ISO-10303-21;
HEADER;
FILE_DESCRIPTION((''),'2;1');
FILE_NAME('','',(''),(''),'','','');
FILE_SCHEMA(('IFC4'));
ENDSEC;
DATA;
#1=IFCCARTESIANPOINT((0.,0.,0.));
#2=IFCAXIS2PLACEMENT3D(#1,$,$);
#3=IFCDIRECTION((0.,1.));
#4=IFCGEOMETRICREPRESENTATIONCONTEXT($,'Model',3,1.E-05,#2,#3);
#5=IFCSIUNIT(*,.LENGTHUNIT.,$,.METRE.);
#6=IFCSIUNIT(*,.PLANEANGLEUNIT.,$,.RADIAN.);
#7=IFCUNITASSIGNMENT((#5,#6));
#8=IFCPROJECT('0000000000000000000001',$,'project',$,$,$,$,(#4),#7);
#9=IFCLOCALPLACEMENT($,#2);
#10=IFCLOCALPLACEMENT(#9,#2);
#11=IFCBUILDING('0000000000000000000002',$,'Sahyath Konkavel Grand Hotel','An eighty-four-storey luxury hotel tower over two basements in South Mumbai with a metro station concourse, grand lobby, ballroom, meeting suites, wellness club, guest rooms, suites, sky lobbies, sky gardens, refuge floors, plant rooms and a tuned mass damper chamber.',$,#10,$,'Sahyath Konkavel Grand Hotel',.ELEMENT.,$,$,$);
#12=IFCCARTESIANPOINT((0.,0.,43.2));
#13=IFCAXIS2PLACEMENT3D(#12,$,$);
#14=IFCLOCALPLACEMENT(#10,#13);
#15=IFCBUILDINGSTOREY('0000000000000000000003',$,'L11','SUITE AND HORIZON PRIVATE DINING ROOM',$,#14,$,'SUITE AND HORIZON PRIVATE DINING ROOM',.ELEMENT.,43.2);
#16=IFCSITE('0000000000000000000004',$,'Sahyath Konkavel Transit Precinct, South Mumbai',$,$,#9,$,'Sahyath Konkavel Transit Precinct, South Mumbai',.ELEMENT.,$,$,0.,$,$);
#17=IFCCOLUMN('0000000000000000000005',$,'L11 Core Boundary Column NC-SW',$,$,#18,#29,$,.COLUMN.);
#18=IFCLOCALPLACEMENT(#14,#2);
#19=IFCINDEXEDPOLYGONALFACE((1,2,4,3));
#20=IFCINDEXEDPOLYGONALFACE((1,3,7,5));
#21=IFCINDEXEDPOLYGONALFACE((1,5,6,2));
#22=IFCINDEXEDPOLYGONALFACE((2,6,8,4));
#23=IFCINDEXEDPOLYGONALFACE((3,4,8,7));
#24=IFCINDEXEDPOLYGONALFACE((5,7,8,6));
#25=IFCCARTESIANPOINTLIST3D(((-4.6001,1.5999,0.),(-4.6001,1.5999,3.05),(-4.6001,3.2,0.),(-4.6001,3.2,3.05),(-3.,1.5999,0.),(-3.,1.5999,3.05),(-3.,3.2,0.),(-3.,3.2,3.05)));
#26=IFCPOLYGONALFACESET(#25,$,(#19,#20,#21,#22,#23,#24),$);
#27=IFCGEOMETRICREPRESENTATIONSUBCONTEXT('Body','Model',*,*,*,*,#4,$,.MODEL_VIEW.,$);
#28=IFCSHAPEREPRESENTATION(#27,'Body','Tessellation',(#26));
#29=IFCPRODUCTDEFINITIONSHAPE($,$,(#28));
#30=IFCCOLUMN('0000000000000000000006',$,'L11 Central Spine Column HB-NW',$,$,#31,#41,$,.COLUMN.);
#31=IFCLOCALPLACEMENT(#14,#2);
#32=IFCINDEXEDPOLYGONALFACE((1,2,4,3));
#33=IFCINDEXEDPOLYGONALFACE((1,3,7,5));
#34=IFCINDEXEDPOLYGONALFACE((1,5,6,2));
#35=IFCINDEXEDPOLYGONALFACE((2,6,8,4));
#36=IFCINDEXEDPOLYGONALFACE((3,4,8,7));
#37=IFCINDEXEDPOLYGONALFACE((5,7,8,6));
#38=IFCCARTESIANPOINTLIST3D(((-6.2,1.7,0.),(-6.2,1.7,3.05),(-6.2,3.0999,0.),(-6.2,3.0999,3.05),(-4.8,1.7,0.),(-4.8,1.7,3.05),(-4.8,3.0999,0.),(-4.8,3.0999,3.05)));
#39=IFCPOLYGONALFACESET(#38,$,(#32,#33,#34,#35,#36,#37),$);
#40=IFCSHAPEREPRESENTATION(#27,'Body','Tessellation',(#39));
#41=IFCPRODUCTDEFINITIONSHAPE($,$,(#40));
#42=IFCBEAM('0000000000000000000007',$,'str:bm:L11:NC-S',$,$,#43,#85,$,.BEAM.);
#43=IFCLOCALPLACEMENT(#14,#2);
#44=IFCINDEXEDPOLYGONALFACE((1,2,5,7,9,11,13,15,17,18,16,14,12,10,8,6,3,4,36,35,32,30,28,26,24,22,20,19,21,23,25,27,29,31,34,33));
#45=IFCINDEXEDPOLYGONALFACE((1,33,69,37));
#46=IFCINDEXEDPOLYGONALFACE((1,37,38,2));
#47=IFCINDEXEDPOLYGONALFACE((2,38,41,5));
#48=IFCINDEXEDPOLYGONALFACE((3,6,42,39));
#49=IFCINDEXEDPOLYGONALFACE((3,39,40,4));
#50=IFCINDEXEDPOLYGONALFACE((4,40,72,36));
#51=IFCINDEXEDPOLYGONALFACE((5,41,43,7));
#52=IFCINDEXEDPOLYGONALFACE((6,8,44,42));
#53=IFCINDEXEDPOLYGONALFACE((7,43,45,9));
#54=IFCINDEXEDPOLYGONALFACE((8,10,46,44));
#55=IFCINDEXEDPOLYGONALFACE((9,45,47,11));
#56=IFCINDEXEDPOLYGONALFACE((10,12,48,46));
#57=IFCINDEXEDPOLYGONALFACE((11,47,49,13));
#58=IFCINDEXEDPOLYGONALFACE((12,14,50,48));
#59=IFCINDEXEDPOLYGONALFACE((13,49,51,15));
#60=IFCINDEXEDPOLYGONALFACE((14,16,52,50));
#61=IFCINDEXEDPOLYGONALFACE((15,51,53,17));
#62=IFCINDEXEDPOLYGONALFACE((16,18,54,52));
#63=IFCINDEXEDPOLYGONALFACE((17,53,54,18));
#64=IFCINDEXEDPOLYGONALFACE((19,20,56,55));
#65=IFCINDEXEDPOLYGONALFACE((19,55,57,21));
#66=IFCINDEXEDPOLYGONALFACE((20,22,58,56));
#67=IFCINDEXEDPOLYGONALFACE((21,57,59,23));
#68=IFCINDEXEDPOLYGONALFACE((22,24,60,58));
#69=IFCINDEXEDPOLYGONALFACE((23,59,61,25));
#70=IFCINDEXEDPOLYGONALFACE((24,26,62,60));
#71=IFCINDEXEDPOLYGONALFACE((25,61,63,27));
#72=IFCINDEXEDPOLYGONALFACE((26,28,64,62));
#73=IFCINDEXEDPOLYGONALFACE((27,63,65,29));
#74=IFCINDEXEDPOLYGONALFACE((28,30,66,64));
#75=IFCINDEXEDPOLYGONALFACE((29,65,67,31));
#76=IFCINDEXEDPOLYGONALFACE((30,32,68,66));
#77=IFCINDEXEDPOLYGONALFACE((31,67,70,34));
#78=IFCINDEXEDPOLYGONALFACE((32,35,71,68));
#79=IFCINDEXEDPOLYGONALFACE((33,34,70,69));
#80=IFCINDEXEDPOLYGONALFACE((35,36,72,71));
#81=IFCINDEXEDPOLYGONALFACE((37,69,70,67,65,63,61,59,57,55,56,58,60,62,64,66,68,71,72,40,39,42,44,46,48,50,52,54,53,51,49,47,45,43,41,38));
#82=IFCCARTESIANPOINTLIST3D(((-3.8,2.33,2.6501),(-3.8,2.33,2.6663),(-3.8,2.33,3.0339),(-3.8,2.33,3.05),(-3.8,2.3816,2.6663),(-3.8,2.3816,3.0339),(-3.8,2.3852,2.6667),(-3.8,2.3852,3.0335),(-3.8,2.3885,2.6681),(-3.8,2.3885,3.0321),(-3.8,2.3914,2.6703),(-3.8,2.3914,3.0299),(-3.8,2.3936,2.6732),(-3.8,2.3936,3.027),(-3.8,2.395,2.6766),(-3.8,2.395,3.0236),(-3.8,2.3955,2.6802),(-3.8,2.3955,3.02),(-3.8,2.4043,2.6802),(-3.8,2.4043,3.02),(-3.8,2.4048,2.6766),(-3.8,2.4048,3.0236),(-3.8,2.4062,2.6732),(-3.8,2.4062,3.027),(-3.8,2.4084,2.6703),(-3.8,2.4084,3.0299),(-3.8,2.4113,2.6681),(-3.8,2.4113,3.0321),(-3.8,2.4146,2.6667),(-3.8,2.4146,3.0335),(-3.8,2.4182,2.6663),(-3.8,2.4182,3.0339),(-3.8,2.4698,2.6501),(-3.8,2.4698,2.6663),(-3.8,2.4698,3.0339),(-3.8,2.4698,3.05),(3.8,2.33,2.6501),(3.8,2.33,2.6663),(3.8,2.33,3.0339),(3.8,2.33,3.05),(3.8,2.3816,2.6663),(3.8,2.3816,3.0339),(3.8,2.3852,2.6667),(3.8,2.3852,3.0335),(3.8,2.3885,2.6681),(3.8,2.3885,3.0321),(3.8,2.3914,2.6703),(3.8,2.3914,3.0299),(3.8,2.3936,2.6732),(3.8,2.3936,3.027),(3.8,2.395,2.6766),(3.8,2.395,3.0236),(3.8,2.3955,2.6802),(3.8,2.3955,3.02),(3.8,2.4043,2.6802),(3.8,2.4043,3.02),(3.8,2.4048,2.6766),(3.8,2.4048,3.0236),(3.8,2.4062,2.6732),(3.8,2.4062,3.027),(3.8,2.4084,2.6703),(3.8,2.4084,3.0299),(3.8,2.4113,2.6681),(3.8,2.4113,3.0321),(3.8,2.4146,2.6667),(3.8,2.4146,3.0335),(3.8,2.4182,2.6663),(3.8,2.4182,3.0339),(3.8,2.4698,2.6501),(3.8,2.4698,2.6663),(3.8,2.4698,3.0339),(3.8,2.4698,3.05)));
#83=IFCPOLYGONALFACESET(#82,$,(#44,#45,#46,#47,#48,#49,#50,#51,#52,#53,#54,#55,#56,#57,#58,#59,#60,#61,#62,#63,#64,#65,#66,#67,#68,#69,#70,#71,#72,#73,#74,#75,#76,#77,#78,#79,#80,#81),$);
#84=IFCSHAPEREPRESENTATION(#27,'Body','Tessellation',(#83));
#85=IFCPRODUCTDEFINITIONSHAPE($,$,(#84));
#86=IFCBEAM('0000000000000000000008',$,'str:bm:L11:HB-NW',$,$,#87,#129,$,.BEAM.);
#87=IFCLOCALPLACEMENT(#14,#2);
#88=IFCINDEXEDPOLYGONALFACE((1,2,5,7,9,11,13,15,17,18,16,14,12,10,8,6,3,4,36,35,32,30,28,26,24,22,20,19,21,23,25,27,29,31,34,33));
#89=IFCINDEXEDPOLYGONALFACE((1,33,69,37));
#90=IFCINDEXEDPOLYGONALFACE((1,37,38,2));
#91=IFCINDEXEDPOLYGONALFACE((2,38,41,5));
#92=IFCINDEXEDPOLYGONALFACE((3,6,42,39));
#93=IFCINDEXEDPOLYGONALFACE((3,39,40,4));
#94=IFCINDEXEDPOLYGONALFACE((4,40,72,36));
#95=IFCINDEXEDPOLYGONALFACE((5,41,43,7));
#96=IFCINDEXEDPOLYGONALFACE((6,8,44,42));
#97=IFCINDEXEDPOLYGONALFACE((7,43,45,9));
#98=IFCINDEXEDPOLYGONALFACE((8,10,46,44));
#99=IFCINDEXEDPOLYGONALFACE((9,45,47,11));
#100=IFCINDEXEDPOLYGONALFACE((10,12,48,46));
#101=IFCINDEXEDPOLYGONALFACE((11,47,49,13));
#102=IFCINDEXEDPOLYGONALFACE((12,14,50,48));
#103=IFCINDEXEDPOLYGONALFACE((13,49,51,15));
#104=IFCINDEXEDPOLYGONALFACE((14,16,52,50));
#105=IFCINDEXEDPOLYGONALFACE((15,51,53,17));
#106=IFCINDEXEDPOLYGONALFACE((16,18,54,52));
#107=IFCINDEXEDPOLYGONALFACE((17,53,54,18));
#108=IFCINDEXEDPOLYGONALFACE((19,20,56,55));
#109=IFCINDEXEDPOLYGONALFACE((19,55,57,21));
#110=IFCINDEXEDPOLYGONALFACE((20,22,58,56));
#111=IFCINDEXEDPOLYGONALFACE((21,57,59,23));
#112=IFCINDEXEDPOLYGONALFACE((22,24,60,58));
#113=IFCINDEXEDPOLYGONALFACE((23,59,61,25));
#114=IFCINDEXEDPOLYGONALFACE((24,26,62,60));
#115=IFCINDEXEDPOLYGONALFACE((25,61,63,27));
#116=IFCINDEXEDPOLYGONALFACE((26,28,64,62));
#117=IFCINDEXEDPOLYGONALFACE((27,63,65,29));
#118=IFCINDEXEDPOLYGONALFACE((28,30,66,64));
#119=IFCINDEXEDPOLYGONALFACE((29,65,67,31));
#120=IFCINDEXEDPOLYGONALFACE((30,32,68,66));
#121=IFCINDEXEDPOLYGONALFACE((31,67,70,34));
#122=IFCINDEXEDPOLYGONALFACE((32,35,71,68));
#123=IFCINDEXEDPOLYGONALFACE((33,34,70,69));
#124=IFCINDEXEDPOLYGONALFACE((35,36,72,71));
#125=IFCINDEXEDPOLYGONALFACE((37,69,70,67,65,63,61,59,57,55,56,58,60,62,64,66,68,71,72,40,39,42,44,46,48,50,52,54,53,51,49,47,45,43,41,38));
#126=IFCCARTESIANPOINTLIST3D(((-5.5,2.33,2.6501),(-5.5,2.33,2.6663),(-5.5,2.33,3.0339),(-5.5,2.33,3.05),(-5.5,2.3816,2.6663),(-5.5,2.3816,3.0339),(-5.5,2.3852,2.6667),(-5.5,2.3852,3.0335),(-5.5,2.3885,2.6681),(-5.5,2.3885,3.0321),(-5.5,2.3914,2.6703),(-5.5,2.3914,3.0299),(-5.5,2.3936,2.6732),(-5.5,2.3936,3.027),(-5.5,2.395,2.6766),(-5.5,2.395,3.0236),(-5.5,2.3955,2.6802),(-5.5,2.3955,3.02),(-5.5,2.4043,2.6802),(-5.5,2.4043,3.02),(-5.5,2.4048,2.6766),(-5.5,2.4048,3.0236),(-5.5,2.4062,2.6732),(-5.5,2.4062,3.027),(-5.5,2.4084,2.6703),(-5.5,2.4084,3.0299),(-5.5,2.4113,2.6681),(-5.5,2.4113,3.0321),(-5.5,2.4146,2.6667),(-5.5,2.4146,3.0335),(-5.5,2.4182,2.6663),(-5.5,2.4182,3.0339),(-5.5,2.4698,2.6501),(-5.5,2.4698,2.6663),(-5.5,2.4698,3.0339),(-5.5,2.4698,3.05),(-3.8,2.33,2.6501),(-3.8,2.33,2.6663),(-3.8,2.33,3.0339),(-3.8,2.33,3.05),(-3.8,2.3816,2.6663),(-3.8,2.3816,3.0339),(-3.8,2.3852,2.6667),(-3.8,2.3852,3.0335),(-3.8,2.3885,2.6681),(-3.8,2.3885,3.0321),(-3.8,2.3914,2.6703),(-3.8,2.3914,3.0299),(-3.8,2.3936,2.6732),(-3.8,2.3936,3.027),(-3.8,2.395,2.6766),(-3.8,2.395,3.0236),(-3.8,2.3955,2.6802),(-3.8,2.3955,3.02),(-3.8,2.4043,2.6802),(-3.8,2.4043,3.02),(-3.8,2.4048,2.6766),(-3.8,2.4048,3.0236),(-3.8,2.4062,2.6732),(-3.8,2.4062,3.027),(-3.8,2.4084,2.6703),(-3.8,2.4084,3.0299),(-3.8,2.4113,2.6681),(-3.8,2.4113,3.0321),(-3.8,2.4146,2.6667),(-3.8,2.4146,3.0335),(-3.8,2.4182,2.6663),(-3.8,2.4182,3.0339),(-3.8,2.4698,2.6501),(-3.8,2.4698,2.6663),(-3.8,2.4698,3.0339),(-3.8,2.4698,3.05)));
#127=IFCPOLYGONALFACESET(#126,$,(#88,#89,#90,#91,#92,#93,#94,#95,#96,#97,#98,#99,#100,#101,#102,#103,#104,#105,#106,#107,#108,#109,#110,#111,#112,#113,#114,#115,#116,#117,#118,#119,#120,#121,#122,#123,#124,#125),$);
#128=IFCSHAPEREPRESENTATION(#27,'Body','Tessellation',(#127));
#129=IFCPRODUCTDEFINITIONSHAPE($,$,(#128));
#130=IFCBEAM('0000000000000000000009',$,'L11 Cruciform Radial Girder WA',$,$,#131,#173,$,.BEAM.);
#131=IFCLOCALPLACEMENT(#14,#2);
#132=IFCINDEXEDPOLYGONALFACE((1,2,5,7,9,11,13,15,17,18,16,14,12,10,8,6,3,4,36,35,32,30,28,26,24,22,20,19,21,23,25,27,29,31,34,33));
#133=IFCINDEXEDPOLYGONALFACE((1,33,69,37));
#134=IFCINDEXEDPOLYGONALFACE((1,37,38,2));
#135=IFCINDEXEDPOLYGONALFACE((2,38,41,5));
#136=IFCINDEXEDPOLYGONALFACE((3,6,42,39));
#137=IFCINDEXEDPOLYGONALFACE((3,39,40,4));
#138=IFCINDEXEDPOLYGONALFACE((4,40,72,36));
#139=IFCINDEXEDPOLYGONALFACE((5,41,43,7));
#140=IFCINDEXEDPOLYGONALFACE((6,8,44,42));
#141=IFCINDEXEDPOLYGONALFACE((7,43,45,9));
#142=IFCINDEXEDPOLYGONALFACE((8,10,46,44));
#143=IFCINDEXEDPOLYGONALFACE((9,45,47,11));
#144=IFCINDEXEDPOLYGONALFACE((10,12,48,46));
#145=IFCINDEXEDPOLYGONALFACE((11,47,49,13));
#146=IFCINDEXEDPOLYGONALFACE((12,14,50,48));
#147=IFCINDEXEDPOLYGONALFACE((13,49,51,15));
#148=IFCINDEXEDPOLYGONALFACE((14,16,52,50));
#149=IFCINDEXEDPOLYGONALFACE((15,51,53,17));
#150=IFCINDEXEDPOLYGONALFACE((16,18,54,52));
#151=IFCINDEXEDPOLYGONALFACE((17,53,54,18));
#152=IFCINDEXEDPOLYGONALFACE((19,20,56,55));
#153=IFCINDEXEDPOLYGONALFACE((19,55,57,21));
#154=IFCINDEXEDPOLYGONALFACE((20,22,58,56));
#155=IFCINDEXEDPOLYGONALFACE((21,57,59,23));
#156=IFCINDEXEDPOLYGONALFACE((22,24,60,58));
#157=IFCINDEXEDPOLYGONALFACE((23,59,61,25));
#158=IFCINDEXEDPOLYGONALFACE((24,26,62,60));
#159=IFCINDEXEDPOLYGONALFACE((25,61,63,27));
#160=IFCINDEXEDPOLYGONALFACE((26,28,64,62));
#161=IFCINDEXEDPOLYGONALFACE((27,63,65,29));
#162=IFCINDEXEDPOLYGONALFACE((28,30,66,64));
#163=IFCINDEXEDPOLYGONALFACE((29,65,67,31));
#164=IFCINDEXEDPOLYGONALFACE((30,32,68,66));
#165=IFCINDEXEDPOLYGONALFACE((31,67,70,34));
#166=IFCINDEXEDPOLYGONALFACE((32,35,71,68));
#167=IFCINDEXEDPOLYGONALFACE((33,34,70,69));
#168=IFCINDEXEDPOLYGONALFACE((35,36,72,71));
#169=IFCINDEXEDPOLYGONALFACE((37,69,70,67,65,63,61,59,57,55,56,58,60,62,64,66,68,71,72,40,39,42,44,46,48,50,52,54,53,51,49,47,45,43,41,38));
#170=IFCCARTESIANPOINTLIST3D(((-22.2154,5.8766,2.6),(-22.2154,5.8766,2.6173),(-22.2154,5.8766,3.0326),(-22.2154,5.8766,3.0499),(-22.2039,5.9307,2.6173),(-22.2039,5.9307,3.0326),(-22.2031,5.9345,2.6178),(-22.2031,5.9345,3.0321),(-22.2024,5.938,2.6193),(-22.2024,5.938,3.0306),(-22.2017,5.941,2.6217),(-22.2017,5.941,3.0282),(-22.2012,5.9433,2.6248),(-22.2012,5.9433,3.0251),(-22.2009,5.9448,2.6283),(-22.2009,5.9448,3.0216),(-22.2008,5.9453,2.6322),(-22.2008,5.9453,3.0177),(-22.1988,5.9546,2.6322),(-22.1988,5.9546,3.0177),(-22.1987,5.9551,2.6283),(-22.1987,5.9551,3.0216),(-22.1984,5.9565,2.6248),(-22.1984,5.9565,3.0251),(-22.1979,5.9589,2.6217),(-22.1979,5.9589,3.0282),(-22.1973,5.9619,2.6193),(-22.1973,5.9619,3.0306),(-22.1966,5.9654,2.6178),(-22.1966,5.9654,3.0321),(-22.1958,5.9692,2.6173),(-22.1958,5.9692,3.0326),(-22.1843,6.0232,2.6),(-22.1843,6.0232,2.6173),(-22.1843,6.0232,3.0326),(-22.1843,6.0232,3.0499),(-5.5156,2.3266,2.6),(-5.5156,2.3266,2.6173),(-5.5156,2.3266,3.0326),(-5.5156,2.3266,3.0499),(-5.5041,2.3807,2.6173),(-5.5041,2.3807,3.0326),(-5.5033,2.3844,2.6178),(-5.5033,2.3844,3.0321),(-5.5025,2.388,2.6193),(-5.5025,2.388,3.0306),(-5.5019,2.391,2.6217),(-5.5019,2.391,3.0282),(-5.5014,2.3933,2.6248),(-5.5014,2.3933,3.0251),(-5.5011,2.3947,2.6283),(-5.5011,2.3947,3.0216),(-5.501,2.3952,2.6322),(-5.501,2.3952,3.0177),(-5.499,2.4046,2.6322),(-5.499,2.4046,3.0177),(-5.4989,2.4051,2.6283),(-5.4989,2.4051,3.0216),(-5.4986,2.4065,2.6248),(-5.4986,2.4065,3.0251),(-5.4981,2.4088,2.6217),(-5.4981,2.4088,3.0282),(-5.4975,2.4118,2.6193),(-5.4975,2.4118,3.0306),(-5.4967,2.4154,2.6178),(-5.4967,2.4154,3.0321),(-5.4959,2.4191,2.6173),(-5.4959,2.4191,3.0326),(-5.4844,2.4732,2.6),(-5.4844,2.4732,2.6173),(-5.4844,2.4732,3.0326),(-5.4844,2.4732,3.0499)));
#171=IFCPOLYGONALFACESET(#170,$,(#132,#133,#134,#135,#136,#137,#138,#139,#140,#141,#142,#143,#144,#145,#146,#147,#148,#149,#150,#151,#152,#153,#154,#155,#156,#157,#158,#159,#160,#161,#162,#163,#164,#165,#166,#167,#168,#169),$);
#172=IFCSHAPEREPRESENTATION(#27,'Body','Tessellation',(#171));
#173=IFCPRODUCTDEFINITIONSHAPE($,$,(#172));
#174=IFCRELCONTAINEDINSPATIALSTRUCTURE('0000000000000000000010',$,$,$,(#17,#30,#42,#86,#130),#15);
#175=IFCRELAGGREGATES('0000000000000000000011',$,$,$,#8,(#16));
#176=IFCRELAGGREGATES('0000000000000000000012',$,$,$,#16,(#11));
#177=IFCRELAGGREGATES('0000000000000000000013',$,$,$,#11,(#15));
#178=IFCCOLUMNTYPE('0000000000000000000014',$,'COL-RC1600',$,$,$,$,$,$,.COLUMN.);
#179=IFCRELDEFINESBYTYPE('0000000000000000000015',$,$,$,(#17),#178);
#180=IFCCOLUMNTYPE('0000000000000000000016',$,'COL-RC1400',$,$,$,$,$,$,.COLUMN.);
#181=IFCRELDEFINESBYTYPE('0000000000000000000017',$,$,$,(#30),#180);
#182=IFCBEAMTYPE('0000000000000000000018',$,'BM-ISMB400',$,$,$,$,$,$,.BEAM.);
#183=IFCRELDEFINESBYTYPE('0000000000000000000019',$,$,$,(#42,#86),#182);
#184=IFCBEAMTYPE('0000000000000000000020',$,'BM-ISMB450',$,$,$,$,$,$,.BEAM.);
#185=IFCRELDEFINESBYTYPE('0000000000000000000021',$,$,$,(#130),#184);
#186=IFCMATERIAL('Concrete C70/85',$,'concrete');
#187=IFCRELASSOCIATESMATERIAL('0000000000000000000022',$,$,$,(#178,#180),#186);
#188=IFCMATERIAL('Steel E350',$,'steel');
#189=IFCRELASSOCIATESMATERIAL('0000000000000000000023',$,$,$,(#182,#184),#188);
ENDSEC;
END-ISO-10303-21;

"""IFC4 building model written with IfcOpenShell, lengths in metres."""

from ifc_helpers import new_model, si_unit, direction, frame, origin, origin_2d, place, context, subcontext, project, spatial, rectangle, i_section, extrude, source, transform, mapped, material, material_profile, profile_set, type_object, element, save


model = new_model("IFC4")

# Units and contexts
model_context = context("Model", 3, precision=1e-05, world=origin(), true_north=direction((0.0, 1.0)))
body_context = subcontext(model_context, "Body", "Model", "MODEL_VIEW")
ifc_project = project(units=[si_unit("LENGTHUNIT", "METRE"), si_unit("PLANEANGLEUNIT", "RADIAN")], contexts=[model_context])

# Site, building, storey
site_placement = place(None, origin())
site = spatial("IfcSite", under=ifc_project, at=site_placement, Name="Sahyath Konkavel Transit Precinct, South Mumbai", LongName="Sahyath Konkavel Transit Precinct, South Mumbai", CompositionType="ELEMENT", RefElevation=0.0)
building_placement = place(site_placement, origin())
building = spatial("IfcBuilding", under=site, at=building_placement, Name="Sahyath Konkavel Grand Hotel", Description="An eighty-four-storey luxury hotel tower over two basements in South Mumbai with a metro station concourse, grand lobby, ballroom, meeting suites, wellness club, guest rooms, suites, sky lobbies, sky gardens, refuge floors, plant rooms and a tuned mass damper chamber.", LongName="Sahyath Konkavel Grand Hotel", CompositionType="ELEMENT")
storey_placement = place(building_placement, frame((0.0, 0.0, 43.2)))
storey = spatial("IfcBuildingStorey", under=building, at=storey_placement, Name="L11", Description="SUITE AND HORIZON PRIVATE DINING ROOM", LongName="SUITE AND HORIZON PRIVATE DINING ROOM", CompositionType="ELEMENT", Elevation=43.2)

# Columns
ifc_material_1 = material(Name="Concrete C70/85", Category="concrete")
ifc_material_profile_1 = material_profile(ifc_material_1, rectangle(XDim=1.6001, YDim=1.6001, at=origin_2d()), Name="RC 1600x1600")
ifc_profile_set_1 = profile_set([ifc_material_profile_1], Name="Concrete C70/85")
column_type_1 = type_object("IfcColumnType", Name="COL-RC1600", PredefinedType="COLUMN", material=ifc_profile_set_1)
shared_shape_1 = source(origin(), body_context, "Body", "SweptSolid", [
    extrude(rectangle(XDim=1.6001, YDim=1.6001, at=origin_2d()), origin(), (0.0, 0.0, 1.0), 3.05),
])
column_1_placement = place(storey_placement, frame((-3.8, 2.3999, 0.0), z_axis=(0.0, 0.0, 1.0), x_axis=(1.0, 0.0, 0.0)))
element("IfcColumn", 1, at=column_1_placement, inside=storey, type_object=column_type_1, Name="L11 Core Boundary Column NC-SW", PredefinedType="COLUMN", context=body_context, shape_type="MappedRepresentation", body=[
    mapped(shared_shape_1, transform((0.0, 0.0, 0.0), scale=1.0)),
])
ifc_material_profile_2 = material_profile(ifc_material_1, rectangle(XDim=1.3999, YDim=1.3999, at=origin_2d()), Name="RC 1400x1400")
ifc_profile_set_2 = profile_set([ifc_material_profile_2], Name="Concrete C70/85")
column_type_2 = type_object("IfcColumnType", Name="COL-RC1400", PredefinedType="COLUMN", material=ifc_profile_set_2)
shared_shape_2 = source(origin(), body_context, "Body", "SweptSolid", [
    extrude(rectangle(XDim=1.3999, YDim=1.3999, at=origin_2d()), origin(), (0.0, 0.0, 1.0), 3.05),
])
column_2_placement = place(storey_placement, frame((-5.5, 2.3999, 0.0), z_axis=(0.0, 0.0, 1.0), x_axis=(1.0, 0.0, 0.0)))
element("IfcColumn", 2, at=column_2_placement, inside=storey, type_object=column_type_2, Name="L11 Central Spine Column HB-NW", PredefinedType="COLUMN", context=body_context, shape_type="MappedRepresentation", body=[
    mapped(shared_shape_2, transform((0.0, 0.0, 0.0), scale=1.0)),
])

# Beams
ifc_material_2 = material(Name="Steel E350", Category="steel")
ifc_material_profile_3 = material_profile(ifc_material_2, i_section(OverallWidth=0.1399, OverallDepth=0.3999, WebThickness=0.0088, FlangeThickness=0.0161, FilletRadius=0.0139, at=origin_2d()), Name="ISMB 400")
ifc_profile_set_3 = profile_set([ifc_material_profile_3], Name="Steel E350")
beam_type_1 = type_object("IfcBeamType", Name="BM-ISMB400", PredefinedType="BEAM", material=ifc_profile_set_3)
shared_shape_3 = source(origin(), body_context, "Body", "SweptSolid", [
    extrude(i_section(OverallWidth=0.1399, OverallDepth=0.3999, WebThickness=0.0088, FlangeThickness=0.0161, FilletRadius=0.0139, at=origin_2d()), origin(), (0.0, 0.0, 1.0), 7.6001),
])
beam_1_placement = place(storey_placement, frame((-3.8, 2.3999, 2.8501), z_axis=(1.0, 0.0, 0.0), x_axis=(0.0, 1.0, 0.0)))
element("IfcBeam", 3, at=beam_1_placement, inside=storey, type_object=beam_type_1, Name="str:bm:L11:NC-S", PredefinedType="BEAM", context=body_context, shape_type="MappedRepresentation", body=[
    mapped(shared_shape_3, transform((0.0, 0.0, 0.0), scale=1.0)),
])
shared_shape_4 = source(origin(), body_context, "Body", "SweptSolid", [
    extrude(i_section(OverallWidth=0.1399, OverallDepth=0.3999, WebThickness=0.0088, FlangeThickness=0.0161, FilletRadius=0.0139, at=origin_2d()), origin(), (0.0, 0.0, 1.0), 1.7),
])
beam_2_placement = place(storey_placement, frame((-5.5, 2.3999, 2.8501), z_axis=(1.0, 0.0, 0.0), x_axis=(0.0, 1.0, 0.0)))
element("IfcBeam", 4, at=beam_2_placement, inside=storey, type_object=beam_type_1, Name="str:bm:L11:HB-NW", PredefinedType="BEAM", context=body_context, shape_type="MappedRepresentation", body=[
    mapped(shared_shape_4, transform((0.0, 0.0, 0.0), scale=1.0)),
])
ifc_material_profile_4 = material_profile(ifc_material_2, i_section(OverallWidth=0.1499, OverallDepth=0.45, WebThickness=0.0095, FlangeThickness=0.0173, FilletRadius=0.0149, at=origin_2d()), Name="ISMB 450")
ifc_profile_set_4 = profile_set([ifc_material_profile_4], Name="Steel E350")
beam_type_2 = type_object("IfcBeamType", Name="BM-ISMB450", PredefinedType="BEAM", material=ifc_profile_set_4)
shared_shape_5 = source(origin(), body_context, "Body", "SweptSolid", [
    extrude(i_section(OverallWidth=0.1499, OverallDepth=0.45, WebThickness=0.0095, FlangeThickness=0.0173, FilletRadius=0.0149, at=origin_2d()), origin(), (0.0, 0.0, 1.0), 17.073),
])
beam_3_placement = place(storey_placement, frame((-5.5, 2.3999, 2.825), z_axis=(-0.978143, 0.207932, 0.0), x_axis=(-0.207932, -0.978143, 0.0)))
element("IfcBeam", 5, at=beam_3_placement, inside=storey, type_object=beam_type_2, Name="L11 Cruciform Radial Girder WA", PredefinedType="BEAM", context=body_context, shape_type="MappedRepresentation", body=[
    mapped(shared_shape_5, transform((0.0, 0.0, 0.0), scale=1.0)),
])

save(model, "model.ifc")
